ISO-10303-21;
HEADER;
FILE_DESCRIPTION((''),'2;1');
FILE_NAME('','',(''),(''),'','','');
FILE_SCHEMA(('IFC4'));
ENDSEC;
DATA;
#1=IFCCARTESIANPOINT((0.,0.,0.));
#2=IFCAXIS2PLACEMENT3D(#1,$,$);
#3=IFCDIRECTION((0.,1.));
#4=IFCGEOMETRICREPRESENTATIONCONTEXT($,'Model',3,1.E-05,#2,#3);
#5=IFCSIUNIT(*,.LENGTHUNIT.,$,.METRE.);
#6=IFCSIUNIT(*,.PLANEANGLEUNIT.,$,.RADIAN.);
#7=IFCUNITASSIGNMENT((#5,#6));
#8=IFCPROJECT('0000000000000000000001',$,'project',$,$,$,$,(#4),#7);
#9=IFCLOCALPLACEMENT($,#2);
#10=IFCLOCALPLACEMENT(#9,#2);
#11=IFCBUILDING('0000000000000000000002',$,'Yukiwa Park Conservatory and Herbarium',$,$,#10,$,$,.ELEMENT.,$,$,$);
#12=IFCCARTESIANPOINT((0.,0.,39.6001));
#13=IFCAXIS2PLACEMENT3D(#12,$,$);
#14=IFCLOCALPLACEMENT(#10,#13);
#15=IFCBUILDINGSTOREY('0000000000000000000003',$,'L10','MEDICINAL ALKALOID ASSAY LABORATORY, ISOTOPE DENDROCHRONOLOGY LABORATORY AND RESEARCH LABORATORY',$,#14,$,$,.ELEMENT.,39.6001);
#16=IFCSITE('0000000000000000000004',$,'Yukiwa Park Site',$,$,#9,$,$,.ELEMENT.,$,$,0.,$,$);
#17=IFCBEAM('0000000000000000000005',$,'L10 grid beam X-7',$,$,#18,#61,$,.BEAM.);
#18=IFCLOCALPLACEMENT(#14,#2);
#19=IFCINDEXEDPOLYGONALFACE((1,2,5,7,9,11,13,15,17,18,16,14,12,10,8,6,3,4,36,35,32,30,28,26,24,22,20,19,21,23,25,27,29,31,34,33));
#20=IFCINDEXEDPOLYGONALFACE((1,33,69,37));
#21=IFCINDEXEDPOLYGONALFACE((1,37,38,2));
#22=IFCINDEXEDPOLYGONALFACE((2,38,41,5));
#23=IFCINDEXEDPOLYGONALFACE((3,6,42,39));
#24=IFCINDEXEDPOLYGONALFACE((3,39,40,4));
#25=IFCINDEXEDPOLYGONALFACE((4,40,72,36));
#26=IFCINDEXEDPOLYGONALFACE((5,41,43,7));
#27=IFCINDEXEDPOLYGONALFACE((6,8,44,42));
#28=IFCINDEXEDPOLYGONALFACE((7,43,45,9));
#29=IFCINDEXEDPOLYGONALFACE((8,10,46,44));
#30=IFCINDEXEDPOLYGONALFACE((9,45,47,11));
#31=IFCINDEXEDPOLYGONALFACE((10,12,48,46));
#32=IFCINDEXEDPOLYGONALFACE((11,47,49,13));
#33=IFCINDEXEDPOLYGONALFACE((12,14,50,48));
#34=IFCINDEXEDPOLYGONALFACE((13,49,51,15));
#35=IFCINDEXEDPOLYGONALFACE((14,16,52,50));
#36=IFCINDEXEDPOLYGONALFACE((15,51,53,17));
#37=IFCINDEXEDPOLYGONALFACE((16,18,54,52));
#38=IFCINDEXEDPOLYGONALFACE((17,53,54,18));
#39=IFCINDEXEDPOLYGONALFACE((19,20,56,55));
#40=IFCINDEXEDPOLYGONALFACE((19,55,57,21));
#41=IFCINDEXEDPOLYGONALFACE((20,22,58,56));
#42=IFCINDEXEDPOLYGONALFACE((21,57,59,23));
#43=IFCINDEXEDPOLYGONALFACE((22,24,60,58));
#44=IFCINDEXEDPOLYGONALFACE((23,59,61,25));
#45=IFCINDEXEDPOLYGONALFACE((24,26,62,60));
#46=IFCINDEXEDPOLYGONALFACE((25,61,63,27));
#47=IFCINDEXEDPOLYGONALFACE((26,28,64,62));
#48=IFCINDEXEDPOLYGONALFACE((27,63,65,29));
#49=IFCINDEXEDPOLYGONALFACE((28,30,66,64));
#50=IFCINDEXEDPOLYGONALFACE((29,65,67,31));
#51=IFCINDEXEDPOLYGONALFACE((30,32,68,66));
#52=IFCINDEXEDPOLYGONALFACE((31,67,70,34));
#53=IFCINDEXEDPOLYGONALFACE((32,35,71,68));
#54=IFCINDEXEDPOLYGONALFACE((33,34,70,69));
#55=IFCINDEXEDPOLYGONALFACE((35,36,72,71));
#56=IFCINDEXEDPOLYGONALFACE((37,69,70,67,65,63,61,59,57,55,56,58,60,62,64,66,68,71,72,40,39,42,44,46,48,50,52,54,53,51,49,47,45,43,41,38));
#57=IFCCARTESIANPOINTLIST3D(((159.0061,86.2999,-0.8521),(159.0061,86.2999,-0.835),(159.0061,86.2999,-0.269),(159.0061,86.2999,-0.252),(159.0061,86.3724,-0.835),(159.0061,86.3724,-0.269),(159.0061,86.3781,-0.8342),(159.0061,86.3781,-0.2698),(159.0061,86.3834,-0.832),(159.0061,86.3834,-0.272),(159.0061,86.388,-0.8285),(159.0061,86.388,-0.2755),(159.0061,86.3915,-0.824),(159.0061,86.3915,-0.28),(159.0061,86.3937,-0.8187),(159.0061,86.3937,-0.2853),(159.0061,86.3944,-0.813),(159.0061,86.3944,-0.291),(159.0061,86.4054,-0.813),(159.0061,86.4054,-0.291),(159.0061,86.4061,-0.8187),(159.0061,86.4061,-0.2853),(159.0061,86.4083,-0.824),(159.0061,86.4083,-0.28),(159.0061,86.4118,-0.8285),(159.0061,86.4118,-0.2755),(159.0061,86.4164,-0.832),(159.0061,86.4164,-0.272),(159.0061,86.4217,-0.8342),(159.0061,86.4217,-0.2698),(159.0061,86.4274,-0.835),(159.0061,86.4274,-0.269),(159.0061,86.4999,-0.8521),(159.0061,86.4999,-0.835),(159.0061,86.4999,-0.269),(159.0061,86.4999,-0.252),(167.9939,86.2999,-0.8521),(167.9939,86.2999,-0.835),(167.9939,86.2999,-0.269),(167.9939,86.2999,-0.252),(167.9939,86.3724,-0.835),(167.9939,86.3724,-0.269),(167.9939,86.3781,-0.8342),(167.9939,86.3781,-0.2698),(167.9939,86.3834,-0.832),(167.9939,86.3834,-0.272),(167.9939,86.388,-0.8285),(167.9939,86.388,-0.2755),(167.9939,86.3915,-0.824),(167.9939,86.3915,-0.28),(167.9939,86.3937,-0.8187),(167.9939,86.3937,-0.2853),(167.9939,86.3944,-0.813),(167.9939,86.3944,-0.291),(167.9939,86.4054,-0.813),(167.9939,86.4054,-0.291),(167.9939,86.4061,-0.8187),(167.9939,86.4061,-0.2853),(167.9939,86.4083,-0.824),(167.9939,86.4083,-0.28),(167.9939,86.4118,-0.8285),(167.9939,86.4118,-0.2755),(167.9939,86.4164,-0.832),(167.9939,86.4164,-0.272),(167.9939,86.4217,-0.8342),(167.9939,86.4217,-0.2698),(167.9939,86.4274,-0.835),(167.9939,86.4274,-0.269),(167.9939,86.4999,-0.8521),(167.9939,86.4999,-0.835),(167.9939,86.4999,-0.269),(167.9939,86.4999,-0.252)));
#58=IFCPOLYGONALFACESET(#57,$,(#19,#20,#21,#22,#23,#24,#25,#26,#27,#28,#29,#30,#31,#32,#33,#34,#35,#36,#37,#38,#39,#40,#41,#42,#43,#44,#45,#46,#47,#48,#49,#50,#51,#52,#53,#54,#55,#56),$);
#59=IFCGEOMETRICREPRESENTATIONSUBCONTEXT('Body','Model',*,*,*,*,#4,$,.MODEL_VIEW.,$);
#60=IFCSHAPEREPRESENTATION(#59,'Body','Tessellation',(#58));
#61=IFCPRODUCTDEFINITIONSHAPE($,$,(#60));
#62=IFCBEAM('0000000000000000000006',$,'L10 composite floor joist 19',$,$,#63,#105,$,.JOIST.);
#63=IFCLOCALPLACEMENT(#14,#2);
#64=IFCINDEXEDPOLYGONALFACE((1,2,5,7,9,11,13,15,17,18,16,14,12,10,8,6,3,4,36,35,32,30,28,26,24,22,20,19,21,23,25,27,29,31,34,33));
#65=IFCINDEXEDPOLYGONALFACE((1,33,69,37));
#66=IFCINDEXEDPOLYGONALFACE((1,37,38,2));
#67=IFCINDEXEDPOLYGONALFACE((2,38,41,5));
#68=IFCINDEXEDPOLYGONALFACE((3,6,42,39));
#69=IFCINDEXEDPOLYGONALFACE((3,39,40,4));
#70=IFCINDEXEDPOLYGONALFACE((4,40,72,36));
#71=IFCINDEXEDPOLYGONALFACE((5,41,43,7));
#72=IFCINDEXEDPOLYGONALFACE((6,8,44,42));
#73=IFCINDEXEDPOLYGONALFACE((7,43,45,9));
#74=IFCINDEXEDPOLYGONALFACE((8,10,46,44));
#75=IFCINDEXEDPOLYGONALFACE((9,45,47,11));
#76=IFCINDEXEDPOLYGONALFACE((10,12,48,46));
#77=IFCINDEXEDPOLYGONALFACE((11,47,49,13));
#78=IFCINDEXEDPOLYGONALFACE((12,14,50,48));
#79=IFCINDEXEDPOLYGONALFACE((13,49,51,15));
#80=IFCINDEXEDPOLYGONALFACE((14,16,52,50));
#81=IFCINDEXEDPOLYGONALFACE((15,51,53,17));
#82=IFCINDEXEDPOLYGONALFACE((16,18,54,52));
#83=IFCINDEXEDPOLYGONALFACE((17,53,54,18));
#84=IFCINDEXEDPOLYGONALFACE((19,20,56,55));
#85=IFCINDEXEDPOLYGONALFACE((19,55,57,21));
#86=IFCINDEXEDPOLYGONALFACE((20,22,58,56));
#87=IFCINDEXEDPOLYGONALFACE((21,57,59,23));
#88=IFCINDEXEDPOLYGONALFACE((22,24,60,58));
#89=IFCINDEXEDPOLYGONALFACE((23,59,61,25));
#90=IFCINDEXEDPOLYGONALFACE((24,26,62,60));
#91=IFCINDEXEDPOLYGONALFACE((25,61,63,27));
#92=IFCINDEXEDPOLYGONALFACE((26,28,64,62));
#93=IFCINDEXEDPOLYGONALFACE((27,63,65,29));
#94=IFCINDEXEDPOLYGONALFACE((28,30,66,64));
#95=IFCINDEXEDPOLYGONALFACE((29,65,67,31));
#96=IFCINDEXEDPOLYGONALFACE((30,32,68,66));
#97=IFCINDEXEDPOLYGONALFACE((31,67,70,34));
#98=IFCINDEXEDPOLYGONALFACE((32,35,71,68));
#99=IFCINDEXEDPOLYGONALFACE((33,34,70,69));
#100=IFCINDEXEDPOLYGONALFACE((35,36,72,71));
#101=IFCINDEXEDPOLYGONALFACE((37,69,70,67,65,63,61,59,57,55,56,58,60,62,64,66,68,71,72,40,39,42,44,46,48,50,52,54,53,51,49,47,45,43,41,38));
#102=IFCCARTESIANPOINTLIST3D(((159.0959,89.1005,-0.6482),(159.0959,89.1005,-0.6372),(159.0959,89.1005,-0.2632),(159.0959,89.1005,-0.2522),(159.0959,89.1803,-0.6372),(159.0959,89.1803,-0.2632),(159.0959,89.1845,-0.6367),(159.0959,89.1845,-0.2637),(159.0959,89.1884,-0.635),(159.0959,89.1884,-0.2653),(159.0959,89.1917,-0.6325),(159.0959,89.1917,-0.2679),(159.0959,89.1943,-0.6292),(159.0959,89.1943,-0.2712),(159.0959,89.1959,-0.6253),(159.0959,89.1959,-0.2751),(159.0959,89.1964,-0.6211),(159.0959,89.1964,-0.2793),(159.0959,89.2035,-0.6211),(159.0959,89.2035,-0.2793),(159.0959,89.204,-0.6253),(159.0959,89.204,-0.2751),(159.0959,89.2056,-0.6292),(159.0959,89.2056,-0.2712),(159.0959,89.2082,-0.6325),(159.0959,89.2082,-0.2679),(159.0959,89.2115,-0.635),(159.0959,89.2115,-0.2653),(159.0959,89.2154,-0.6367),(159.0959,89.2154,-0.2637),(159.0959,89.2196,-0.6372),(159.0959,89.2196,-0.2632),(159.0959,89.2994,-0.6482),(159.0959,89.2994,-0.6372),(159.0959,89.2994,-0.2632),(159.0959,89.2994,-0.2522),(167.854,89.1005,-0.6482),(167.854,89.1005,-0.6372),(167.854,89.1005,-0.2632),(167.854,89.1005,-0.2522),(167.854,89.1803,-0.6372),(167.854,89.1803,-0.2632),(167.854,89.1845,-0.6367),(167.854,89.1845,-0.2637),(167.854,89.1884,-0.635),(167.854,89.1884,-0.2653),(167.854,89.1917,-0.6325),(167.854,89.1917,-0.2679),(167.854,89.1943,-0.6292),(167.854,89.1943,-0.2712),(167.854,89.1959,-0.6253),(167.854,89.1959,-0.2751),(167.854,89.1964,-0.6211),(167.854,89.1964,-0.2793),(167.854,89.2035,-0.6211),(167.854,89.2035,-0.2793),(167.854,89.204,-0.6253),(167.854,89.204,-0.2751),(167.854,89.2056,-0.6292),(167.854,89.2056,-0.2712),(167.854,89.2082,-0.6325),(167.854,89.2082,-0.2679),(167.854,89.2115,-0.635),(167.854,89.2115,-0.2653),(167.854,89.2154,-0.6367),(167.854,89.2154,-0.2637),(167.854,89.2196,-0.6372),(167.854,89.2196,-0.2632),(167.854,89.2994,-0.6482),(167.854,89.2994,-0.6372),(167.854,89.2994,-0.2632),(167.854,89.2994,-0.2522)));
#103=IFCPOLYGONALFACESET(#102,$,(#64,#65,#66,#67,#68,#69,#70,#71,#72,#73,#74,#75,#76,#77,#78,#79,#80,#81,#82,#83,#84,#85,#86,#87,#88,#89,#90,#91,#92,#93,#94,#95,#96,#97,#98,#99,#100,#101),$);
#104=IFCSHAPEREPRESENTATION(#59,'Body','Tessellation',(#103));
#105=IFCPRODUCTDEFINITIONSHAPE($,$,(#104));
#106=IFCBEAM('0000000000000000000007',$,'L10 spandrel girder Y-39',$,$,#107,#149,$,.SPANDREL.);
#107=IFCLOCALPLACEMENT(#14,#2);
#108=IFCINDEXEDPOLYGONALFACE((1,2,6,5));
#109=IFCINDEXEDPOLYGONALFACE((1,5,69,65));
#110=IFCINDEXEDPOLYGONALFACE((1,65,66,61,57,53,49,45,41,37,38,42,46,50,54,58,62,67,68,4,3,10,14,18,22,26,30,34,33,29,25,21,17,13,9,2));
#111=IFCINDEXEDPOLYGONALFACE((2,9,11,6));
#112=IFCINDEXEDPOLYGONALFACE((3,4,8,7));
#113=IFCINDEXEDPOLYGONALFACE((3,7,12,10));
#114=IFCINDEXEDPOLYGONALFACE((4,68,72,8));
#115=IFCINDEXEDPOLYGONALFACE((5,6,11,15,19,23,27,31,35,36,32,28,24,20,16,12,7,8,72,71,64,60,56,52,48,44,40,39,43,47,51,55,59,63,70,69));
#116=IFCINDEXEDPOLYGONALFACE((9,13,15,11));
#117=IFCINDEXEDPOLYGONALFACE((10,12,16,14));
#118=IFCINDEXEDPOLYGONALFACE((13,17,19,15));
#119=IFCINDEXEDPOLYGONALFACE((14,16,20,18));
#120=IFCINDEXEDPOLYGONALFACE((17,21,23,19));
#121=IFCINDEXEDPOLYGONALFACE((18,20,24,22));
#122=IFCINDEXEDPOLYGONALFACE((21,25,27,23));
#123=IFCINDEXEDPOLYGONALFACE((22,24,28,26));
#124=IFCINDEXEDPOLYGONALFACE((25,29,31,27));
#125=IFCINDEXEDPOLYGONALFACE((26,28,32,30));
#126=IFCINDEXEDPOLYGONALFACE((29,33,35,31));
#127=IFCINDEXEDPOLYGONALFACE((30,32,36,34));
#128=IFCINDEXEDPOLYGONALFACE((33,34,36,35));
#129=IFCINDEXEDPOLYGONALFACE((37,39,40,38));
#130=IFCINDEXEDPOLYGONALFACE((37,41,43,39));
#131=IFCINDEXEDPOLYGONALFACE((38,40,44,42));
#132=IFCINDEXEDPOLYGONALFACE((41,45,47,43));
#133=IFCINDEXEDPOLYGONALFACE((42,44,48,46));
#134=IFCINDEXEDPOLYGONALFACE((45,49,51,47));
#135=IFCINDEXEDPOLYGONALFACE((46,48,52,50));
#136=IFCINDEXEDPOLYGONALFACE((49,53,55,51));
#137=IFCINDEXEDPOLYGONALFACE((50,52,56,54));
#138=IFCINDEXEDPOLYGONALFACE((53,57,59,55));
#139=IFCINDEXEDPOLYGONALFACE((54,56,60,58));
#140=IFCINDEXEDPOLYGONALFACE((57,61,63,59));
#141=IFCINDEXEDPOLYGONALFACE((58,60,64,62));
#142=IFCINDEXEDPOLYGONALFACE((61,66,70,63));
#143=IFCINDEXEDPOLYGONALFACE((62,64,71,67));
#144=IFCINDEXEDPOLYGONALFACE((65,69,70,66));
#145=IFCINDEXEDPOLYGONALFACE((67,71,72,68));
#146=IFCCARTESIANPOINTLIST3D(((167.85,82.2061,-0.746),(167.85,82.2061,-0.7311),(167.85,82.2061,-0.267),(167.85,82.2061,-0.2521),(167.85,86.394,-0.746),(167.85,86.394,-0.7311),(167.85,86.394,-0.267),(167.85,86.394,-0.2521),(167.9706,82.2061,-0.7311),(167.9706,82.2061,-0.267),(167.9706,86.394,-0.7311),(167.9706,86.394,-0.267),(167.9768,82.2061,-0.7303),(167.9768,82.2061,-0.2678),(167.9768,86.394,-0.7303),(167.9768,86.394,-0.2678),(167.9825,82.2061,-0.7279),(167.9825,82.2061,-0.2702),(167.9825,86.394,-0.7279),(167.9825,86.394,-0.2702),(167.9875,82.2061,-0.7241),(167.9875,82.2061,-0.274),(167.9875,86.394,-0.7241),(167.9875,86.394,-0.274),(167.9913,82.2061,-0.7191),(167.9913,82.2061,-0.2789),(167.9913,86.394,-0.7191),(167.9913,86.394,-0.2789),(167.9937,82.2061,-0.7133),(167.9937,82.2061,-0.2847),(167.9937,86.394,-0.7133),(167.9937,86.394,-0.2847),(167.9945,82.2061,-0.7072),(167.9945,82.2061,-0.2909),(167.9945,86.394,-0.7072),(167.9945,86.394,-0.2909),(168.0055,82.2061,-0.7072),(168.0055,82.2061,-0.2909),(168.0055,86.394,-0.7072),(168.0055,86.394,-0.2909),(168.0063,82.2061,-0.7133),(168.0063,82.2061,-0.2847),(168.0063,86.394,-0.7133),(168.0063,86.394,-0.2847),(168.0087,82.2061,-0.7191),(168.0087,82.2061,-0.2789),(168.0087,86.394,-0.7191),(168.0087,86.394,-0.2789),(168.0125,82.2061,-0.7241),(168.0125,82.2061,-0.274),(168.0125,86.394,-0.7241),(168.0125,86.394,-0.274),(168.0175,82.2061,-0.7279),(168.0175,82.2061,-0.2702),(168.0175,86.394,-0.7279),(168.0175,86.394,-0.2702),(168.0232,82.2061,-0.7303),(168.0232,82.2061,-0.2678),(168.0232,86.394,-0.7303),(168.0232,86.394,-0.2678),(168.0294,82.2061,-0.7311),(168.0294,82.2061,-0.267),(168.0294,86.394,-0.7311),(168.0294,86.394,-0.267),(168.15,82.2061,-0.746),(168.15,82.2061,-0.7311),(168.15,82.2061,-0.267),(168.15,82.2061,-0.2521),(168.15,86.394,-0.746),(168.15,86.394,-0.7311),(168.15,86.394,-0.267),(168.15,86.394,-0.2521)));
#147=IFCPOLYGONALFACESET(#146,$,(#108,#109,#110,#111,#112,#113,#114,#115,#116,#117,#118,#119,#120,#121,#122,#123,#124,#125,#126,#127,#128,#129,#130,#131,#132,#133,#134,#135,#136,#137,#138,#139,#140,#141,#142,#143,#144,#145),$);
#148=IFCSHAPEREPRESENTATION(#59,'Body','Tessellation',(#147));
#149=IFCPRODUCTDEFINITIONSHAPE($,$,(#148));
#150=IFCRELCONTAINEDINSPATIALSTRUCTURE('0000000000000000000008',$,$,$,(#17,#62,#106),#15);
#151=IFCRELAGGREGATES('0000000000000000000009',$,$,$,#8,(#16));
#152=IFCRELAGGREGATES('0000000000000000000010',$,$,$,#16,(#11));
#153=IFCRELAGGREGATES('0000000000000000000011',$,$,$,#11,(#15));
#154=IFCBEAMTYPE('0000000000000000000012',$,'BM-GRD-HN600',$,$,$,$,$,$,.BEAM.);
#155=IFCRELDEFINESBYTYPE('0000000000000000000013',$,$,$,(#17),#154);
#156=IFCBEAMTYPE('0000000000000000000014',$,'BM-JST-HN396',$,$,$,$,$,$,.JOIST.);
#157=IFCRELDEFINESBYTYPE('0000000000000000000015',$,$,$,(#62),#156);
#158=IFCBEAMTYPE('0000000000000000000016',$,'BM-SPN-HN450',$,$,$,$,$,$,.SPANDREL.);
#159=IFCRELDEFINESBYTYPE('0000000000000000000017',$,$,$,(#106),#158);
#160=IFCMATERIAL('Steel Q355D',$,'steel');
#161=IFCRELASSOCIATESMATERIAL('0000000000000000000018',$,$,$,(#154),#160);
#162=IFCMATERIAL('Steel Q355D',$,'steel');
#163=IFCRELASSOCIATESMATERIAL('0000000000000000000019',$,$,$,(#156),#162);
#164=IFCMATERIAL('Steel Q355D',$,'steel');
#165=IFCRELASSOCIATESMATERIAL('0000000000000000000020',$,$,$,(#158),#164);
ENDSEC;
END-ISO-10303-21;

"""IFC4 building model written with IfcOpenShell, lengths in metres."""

from ifc_helpers import new_model, si_unit, direction, frame, origin, origin_2d, place, context, subcontext, project, spatial, i_section, extrude, material, material_profile, profile_set, type_object, element, save


model = new_model("IFC4")

# Units and contexts
model_context = context("Model", 3, precision=1e-05, world=origin(), true_north=direction((0.0, 1.0)))
body_context = subcontext(model_context, "Body", "Model", "MODEL_VIEW")
ifc_project = project(units=[si_unit("LENGTHUNIT", "METRE"), si_unit("PLANEANGLEUNIT", "RADIAN")], contexts=[model_context])

# Site, building, storey
site_placement = place(None, origin())
site = spatial("IfcSite", under=ifc_project, at=site_placement, Name="Yukiwa Park Site", CompositionType="ELEMENT", RefElevation=0.0)
building_placement = place(site_placement, origin())
building = spatial("IfcBuilding", under=site, at=building_placement, Name="Yukiwa Park Conservatory and Herbarium", CompositionType="ELEMENT")
storey_placement = place(building_placement, frame((0.0, 0.0, 39.6001)))
storey = spatial("IfcBuildingStorey", under=building, at=storey_placement, Name="L10", Description="MEDICINAL ALKALOID ASSAY LABORATORY, ISOTOPE DENDROCHRONOLOGY LABORATORY AND RESEARCH LABORATORY", CompositionType="ELEMENT", Elevation=39.6001)

# Beams
ifc_material_1 = material(Name="Steel Q355D", Category="steel")
ifc_material_profile_1 = material_profile(ifc_material_1, i_section(OverallWidth=0.2, OverallDepth=0.6001, WebThickness=0.011, FlangeThickness=0.0171, FilletRadius=0.022, at=origin_2d()), Name="HN 600x200x11x17")
ifc_profile_set_1 = profile_set([ifc_material_profile_1], Name="Steel Q355D")
beam_type_1 = type_object("IfcBeamType", Name="BM-GRD-HN600", PredefinedType="BEAM", material=ifc_profile_set_1)
beam_1_placement = place(storey_placement, frame((159.0061, 86.3999, -0.552), z_axis=(1.0, 0.0, 0.0), x_axis=(0.0, 1.0, 0.0)))
element("IfcBeam", 1, at=beam_1_placement, inside=storey, type_object=beam_type_1, Name="L10 grid beam X-7", PredefinedType="BEAM", context=body_context, shape_type="SweptSolid", body=[
    extrude(i_section(OverallWidth=0.2, OverallDepth=0.6001, WebThickness=0.011, FlangeThickness=0.0171, FilletRadius=0.022, at=origin_2d()), origin(), (0.0, 0.0, 1.0), 8.9878),
])
ifc_material_2 = material(Name="Steel Q355D", Category="steel")
ifc_material_profile_2 = material_profile(ifc_material_2, i_section(OverallWidth=0.199, OverallDepth=0.396, WebThickness=0.0071, FlangeThickness=0.011, FilletRadius=0.0161, at=origin_2d()), Name="HN 396x199x7x11")
ifc_profile_set_2 = profile_set([ifc_material_profile_2], Name="Steel Q355D")
beam_type_2 = type_object("IfcBeamType", Name="BM-JST-HN396", PredefinedType="JOIST", material=ifc_profile_set_2)
beam_2_placement = place(storey_placement, frame((159.0959, 89.2, -0.4502), z_axis=(1.0, 0.0, 0.0), x_axis=(0.0, 1.0, 0.0)))
element("IfcBeam", 2, at=beam_2_placement, inside=storey, type_object=beam_type_2, Name="L10 composite floor joist 19", PredefinedType="JOIST", context=body_context, shape_type="SweptSolid", body=[
    extrude(i_section(OverallWidth=0.199, OverallDepth=0.396, WebThickness=0.0071, FlangeThickness=0.011, FilletRadius=0.0161, at=origin_2d()), origin(), (0.0, 0.0, 1.0), 8.7581),
])
ifc_material_3 = material(Name="Steel Q355D", Category="steel")
ifc_material_profile_3 = material_profile(ifc_material_3, i_section(OverallWidth=0.3, OverallDepth=0.4939, WebThickness=0.011, FlangeThickness=0.0149, FilletRadius=0.0239, at=origin_2d()), Name="HM 494x300x11x15")
ifc_profile_set_3 = profile_set([ifc_material_profile_3], Name="Steel Q355D")
beam_type_3 = type_object("IfcBeamType", Name="BM-SPN-HN450", PredefinedType="SPANDREL", material=ifc_profile_set_3)
beam_3_placement = place(storey_placement, frame((168.0, 82.2061, -0.499), z_axis=(0.0, 1.0, 0.0), x_axis=(-1.0, 0.0, 0.0)))
element("IfcBeam", 3, at=beam_3_placement, inside=storey, type_object=beam_type_3, Name="L10 spandrel girder Y-39", PredefinedType="SPANDREL", context=body_context, shape_type="SweptSolid", body=[
    extrude(i_section(OverallWidth=0.3, OverallDepth=0.4939, WebThickness=0.011, FlangeThickness=0.0149, FilletRadius=0.0239, at=origin_2d()), origin(), (0.0, 0.0, 1.0), 4.188),
])

save(model, "model.ifc")
